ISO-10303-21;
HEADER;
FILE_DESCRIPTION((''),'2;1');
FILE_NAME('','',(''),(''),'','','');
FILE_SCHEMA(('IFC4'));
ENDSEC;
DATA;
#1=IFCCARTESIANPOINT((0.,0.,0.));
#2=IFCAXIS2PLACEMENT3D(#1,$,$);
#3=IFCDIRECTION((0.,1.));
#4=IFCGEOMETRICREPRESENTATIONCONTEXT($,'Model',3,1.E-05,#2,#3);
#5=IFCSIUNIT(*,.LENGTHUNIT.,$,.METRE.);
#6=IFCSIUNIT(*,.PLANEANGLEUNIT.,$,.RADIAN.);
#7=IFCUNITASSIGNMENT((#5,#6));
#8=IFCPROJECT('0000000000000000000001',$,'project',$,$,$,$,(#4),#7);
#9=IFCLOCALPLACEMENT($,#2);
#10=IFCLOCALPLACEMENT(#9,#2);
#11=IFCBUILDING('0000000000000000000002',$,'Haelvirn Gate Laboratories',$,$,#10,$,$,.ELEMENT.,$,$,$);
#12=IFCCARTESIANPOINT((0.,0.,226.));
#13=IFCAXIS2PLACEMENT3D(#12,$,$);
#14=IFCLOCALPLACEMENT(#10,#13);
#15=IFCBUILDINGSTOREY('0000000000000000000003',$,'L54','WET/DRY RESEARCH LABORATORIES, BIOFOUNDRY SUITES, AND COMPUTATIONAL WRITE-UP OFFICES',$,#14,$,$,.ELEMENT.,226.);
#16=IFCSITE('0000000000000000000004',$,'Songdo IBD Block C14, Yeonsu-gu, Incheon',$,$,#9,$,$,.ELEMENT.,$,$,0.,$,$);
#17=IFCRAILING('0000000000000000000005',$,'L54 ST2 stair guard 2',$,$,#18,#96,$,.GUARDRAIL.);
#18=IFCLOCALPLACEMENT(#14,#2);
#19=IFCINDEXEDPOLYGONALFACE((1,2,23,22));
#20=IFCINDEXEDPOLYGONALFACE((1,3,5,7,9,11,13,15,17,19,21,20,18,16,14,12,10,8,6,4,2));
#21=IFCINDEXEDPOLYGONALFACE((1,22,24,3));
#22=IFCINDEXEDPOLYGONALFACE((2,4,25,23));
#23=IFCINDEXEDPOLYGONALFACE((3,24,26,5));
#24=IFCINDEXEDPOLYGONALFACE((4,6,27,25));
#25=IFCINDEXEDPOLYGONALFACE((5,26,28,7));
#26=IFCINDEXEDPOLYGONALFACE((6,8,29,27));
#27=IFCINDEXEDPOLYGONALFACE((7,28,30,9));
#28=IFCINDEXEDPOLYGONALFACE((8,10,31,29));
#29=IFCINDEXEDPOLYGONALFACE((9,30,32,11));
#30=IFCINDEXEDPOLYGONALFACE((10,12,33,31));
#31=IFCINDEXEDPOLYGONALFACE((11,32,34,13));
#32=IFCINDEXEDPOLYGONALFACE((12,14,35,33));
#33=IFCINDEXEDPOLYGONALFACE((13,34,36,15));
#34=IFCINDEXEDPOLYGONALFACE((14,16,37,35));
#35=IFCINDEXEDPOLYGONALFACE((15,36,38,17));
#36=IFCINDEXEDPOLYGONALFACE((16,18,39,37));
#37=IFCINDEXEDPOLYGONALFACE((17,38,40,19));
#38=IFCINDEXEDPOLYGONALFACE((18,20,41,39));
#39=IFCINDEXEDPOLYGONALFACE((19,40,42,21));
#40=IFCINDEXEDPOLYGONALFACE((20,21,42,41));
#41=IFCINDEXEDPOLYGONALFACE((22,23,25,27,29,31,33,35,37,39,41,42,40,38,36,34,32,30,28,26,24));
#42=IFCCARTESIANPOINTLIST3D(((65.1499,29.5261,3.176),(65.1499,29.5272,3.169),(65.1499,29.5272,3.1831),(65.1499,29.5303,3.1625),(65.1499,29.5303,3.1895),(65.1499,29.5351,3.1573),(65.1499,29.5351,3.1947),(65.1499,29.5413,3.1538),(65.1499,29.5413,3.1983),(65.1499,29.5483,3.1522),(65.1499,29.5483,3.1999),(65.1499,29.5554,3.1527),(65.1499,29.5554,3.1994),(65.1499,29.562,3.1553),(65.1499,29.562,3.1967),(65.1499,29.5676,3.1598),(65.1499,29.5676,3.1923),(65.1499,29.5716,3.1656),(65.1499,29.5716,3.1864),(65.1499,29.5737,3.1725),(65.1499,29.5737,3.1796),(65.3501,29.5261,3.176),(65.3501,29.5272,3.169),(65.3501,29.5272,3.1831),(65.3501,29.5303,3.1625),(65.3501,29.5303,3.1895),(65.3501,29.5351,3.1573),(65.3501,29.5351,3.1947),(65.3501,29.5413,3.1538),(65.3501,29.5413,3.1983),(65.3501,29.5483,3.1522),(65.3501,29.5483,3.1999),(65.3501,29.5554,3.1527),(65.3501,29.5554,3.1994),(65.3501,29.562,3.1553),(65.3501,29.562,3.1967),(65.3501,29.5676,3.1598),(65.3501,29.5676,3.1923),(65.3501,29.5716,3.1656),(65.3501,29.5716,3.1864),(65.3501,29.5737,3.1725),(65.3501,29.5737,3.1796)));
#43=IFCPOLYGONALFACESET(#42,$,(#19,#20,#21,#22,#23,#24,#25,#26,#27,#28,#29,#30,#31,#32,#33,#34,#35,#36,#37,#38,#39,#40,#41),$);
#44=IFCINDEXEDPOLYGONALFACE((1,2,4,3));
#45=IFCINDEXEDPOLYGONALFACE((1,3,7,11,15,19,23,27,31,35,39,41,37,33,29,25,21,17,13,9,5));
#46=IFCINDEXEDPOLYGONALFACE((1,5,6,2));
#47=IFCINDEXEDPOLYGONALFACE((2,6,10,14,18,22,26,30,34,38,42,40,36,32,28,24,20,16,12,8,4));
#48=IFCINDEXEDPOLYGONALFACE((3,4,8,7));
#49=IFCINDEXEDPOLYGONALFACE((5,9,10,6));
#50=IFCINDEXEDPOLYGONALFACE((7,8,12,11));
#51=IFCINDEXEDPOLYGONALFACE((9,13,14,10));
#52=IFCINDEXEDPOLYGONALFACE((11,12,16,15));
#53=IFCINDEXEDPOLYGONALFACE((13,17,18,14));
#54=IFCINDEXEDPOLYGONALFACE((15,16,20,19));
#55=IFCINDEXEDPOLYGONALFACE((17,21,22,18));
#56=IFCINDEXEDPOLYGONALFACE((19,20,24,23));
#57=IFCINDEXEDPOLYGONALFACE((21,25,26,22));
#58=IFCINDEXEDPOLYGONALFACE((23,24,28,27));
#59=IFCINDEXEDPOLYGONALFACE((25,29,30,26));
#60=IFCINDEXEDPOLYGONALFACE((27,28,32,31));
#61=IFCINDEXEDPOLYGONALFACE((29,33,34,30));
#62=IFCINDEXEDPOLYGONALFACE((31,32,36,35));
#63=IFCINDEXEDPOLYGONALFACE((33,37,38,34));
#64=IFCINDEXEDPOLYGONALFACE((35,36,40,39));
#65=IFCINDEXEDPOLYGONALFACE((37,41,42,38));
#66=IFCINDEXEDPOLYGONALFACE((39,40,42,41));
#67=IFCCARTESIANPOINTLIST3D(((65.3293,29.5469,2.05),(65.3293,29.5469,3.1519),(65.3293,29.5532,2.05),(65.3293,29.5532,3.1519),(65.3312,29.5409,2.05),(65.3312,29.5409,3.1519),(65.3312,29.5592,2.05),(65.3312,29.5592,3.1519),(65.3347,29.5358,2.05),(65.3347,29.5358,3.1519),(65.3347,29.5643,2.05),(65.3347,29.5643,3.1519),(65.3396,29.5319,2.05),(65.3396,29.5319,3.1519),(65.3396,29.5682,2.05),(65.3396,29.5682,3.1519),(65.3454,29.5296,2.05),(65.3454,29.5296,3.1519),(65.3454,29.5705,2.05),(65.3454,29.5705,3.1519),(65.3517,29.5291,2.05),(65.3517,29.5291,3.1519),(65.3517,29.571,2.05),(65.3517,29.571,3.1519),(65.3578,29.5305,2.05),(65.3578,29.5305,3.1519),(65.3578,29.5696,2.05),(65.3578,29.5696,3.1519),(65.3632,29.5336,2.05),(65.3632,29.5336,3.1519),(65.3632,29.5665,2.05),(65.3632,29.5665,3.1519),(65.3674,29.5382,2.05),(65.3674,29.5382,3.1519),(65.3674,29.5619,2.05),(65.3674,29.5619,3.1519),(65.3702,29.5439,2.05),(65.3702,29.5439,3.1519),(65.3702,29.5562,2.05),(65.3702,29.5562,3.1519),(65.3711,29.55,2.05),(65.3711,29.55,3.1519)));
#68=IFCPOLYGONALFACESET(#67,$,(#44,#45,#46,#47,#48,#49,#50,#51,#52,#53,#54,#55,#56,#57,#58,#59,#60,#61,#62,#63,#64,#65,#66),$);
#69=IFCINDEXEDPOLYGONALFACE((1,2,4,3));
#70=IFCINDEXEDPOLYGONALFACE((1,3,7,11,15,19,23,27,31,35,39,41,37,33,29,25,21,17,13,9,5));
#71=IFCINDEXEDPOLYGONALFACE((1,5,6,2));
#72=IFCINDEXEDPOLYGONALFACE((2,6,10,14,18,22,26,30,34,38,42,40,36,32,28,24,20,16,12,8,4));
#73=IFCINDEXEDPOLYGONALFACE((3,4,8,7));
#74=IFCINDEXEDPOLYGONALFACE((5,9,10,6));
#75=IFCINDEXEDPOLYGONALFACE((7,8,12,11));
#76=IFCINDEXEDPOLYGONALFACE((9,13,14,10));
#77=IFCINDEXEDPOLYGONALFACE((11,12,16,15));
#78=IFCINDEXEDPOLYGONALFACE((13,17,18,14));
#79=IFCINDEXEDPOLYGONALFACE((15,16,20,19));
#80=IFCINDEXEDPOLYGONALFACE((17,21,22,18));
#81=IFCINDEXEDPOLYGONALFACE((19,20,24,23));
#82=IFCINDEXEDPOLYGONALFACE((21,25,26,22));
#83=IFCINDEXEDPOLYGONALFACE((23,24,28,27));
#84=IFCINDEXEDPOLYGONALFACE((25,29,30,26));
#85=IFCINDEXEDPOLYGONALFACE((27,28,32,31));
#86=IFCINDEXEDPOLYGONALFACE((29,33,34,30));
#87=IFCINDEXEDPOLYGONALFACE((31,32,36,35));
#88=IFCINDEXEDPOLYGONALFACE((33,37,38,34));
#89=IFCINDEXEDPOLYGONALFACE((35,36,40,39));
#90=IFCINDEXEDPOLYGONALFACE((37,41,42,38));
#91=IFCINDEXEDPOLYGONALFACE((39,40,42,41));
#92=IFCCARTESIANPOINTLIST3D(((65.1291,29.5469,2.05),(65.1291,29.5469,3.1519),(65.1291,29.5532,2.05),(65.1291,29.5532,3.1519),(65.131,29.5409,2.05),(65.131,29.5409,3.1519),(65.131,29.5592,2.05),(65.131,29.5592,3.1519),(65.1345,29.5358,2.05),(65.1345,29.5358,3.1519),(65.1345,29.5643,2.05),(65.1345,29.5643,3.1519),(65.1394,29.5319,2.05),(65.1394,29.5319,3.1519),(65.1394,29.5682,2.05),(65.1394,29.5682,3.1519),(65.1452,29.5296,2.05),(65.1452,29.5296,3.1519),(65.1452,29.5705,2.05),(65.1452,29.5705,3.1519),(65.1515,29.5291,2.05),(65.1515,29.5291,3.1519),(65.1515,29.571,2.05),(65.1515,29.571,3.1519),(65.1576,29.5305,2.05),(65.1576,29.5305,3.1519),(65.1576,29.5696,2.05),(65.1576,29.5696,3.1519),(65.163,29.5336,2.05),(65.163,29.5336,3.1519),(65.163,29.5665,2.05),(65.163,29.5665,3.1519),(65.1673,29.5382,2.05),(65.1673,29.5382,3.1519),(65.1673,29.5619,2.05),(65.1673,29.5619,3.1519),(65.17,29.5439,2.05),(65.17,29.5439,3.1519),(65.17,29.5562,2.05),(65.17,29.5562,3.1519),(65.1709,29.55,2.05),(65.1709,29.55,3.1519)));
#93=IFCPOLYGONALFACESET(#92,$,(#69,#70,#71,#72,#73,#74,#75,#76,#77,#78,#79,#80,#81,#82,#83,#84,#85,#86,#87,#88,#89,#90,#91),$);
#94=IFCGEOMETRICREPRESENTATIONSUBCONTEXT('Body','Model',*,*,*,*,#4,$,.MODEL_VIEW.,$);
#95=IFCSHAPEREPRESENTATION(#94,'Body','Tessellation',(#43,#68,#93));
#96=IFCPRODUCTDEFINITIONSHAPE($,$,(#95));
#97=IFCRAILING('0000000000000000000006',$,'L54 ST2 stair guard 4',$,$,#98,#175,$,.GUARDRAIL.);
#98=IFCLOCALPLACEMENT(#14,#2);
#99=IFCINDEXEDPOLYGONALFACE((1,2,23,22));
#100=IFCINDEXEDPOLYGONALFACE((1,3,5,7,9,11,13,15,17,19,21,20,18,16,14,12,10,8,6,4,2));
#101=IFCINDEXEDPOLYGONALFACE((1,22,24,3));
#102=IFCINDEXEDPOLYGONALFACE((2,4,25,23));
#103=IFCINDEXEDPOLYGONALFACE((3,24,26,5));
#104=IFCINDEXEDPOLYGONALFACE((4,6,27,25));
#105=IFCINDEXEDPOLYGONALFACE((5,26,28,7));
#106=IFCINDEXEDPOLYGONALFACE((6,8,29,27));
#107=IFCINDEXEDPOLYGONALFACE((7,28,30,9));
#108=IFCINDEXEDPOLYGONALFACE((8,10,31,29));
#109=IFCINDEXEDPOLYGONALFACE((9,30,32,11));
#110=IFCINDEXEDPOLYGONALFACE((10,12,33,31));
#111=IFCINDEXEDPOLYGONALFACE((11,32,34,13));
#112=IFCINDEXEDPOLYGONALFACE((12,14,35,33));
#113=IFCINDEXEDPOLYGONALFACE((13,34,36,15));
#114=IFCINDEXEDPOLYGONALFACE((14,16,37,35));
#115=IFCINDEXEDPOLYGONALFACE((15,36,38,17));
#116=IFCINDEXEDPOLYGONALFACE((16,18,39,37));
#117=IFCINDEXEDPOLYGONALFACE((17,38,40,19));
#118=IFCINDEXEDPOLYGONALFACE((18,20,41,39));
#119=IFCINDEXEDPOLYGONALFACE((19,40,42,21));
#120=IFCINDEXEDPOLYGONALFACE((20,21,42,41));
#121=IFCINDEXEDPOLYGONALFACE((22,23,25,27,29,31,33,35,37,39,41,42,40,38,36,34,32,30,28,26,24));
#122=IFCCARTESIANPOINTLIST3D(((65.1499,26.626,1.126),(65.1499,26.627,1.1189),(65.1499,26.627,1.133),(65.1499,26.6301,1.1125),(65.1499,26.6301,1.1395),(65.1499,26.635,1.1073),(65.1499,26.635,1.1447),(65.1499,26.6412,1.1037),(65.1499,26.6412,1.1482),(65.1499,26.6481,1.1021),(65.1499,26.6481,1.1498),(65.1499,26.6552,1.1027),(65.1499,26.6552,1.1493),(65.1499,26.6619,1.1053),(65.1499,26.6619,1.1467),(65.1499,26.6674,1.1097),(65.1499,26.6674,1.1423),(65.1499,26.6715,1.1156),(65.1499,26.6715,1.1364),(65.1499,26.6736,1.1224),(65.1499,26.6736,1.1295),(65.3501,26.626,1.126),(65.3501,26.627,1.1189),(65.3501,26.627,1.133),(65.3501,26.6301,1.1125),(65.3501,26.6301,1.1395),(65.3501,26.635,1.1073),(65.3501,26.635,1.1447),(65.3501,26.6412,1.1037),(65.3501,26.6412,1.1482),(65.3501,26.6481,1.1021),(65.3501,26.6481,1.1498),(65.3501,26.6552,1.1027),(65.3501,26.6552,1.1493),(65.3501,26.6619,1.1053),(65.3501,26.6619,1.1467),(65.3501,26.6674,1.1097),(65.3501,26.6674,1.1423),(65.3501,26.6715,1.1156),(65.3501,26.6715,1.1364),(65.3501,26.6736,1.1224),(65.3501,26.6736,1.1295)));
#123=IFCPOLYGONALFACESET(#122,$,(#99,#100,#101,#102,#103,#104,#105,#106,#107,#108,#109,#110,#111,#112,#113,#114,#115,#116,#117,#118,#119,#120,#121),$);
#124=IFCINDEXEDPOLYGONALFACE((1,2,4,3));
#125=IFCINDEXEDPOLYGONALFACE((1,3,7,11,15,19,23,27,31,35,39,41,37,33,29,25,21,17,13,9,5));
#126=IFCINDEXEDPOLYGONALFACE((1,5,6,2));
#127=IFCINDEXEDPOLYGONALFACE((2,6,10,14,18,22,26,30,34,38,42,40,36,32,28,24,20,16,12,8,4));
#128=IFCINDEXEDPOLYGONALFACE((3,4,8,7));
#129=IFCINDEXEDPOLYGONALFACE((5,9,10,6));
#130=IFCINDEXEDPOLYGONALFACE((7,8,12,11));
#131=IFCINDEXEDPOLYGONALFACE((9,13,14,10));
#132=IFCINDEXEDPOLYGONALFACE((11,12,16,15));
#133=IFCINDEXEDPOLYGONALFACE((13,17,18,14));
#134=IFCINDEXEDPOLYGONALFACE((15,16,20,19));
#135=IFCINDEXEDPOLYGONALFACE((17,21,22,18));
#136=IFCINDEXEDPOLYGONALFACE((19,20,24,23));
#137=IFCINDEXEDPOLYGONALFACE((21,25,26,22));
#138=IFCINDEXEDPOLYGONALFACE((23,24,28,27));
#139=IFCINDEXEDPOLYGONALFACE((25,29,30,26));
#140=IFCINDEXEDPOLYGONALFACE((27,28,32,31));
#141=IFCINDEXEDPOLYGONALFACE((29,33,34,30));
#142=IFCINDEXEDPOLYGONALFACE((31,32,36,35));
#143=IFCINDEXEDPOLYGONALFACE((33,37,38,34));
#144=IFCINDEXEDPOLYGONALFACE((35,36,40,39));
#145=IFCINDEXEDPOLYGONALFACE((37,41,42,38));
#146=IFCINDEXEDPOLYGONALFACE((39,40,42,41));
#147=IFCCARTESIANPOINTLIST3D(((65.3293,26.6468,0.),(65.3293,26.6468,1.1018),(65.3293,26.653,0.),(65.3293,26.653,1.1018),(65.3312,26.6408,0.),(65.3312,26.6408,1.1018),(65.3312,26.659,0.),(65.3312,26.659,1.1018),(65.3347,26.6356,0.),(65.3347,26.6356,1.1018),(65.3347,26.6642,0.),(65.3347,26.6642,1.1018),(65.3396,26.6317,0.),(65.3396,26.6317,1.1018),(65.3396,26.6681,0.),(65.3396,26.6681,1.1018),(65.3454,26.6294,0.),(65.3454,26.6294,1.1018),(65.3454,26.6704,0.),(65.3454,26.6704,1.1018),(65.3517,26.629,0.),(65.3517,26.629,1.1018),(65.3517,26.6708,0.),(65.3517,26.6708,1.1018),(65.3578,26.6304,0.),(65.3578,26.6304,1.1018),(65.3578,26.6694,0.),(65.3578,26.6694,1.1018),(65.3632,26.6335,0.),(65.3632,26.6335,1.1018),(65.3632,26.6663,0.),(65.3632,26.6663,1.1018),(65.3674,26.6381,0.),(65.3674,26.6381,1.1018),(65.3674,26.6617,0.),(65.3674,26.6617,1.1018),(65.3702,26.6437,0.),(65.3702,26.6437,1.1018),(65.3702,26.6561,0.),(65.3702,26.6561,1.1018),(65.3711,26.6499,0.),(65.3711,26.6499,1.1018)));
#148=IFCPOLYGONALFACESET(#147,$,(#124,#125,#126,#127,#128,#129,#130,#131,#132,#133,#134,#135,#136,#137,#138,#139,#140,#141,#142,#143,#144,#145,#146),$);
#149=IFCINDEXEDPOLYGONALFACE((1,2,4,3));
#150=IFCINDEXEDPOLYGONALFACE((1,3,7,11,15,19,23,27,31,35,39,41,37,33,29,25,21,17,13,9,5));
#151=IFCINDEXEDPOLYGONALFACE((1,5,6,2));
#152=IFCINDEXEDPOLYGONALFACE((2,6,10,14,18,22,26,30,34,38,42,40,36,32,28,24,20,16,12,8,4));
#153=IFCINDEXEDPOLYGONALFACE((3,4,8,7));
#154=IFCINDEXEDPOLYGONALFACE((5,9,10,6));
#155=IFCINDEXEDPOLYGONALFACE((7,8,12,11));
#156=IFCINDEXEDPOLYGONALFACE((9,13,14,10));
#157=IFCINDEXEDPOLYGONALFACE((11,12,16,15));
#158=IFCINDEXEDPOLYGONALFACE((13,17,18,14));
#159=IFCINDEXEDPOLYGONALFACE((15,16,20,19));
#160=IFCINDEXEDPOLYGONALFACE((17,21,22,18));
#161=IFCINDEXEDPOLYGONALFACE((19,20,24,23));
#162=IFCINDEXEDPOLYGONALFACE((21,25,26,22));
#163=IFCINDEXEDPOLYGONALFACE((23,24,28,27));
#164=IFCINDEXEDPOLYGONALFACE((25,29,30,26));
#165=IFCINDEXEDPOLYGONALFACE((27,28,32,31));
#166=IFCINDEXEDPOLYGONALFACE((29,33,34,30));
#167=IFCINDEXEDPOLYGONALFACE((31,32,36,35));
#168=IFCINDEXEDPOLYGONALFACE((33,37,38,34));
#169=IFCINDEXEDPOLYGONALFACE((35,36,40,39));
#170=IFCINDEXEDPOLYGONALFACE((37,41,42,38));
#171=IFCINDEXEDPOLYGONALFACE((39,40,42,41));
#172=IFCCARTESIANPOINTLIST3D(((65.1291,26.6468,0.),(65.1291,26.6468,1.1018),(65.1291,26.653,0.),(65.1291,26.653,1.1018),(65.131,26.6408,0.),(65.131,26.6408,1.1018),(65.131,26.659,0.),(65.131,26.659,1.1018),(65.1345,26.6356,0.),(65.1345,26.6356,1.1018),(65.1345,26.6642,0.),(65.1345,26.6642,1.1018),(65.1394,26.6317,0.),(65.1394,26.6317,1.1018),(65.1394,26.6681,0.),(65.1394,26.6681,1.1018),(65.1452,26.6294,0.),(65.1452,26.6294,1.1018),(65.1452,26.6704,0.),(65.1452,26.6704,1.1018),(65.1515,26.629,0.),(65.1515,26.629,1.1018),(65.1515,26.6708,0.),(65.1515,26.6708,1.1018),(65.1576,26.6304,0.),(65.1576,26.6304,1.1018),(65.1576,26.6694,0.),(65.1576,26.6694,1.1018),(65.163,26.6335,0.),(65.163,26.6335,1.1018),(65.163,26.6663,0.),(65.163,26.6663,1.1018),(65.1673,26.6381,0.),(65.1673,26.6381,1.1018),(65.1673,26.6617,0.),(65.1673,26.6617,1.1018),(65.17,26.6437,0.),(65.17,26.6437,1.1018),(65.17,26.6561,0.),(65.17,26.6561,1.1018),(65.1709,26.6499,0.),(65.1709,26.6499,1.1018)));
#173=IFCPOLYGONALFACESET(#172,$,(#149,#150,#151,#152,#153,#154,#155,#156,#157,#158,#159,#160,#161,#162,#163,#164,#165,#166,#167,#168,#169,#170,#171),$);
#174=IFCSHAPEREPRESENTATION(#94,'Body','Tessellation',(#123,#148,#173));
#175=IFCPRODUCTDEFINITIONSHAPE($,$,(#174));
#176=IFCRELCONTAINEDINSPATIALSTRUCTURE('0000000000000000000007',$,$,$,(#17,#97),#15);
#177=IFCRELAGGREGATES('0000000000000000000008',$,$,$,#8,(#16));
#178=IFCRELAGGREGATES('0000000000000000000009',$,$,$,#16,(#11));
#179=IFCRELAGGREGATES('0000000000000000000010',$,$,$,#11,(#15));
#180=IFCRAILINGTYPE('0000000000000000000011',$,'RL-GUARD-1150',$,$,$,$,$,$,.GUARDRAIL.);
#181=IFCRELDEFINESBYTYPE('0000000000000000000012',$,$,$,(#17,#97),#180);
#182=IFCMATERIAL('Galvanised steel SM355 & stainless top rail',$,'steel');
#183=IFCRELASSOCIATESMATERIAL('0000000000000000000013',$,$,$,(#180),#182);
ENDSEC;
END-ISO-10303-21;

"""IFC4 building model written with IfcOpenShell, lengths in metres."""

from ifc_helpers import new_model, si_unit, direction, frame, origin, origin_2d, place, context, subcontext, project, spatial, circle, extrude, source, transform, mapped, material, type_object, element, save


model = new_model("IFC4")

# Units and contexts
model_context = context("Model", 3, precision=1e-05, world=origin(), true_north=direction((0.0, 1.0)))
body_context = subcontext(model_context, "Body", "Model", "MODEL_VIEW")
ifc_project = project(units=[si_unit("LENGTHUNIT", "METRE"), si_unit("PLANEANGLEUNIT", "RADIAN")], contexts=[model_context])

# Site, building, storey
site_placement = place(None, origin())
site = spatial("IfcSite", under=ifc_project, at=site_placement, Name="Songdo IBD Block C14, Yeonsu-gu, Incheon", CompositionType="ELEMENT", RefElevation=0.0)
building_placement = place(site_placement, origin())
building = spatial("IfcBuilding", under=site, at=building_placement, Name="Haelvirn Gate Laboratories", CompositionType="ELEMENT")
storey_placement = place(building_placement, frame((0.0, 0.0, 226.0)))
storey = spatial("IfcBuildingStorey", under=building, at=storey_placement, Name="L54", Description="WET/DRY RESEARCH LABORATORIES, BIOFOUNDRY SUITES, AND COMPUTATIONAL WRITE-UP OFFICES", CompositionType="ELEMENT", Elevation=226.0)

# Railings
ifc_material_1 = material(Name="Galvanised steel SM355 & stainless top rail", Category="steel")
railing_type_1 = type_object("IfcRailingType", Name="RL-GUARD-1150", PredefinedType="GUARDRAIL", material=ifc_material_1)
shared_shape_1 = source(origin(), body_context, "Body", "SweptSolid", [
    extrude(circle(Radius=0.0239, at=origin_2d()), frame((0.0, 0.0, 1.126), z_axis=(-1.0, 0.0, 0.0), x_axis=(0.0, -1.0, 0.0)), (0.0, 0.0, 1.0), 0.2002),
    extrude(circle(Radius=0.021, at=origin_2d()), origin(), (0.0, 0.0, 1.0), 1.1018),
    extrude(circle(Radius=0.021, at=origin_2d()), frame((-0.2002, 0.0, 0.0)), (0.0, 0.0, 1.0), 1.1018),
])
for number, where, name in (
    (1, (65.3501, 29.55, 2.05), "L54 ST2 stair guard 2"),
    (2, (65.3501, 26.6499, 0.0), "L54 ST2 stair guard 4"),
):
    element("IfcRailing", number, at=place(storey_placement, frame(where)), inside=storey, type_object=railing_type_1, Name=name, PredefinedType="GUARDRAIL", context=body_context, shape_type="MappedRepresentation", body=[
        mapped(shared_shape_1, transform((0.0, 0.0, 0.0), scale=1.0)),
    ])

save(model, "model.ifc")
